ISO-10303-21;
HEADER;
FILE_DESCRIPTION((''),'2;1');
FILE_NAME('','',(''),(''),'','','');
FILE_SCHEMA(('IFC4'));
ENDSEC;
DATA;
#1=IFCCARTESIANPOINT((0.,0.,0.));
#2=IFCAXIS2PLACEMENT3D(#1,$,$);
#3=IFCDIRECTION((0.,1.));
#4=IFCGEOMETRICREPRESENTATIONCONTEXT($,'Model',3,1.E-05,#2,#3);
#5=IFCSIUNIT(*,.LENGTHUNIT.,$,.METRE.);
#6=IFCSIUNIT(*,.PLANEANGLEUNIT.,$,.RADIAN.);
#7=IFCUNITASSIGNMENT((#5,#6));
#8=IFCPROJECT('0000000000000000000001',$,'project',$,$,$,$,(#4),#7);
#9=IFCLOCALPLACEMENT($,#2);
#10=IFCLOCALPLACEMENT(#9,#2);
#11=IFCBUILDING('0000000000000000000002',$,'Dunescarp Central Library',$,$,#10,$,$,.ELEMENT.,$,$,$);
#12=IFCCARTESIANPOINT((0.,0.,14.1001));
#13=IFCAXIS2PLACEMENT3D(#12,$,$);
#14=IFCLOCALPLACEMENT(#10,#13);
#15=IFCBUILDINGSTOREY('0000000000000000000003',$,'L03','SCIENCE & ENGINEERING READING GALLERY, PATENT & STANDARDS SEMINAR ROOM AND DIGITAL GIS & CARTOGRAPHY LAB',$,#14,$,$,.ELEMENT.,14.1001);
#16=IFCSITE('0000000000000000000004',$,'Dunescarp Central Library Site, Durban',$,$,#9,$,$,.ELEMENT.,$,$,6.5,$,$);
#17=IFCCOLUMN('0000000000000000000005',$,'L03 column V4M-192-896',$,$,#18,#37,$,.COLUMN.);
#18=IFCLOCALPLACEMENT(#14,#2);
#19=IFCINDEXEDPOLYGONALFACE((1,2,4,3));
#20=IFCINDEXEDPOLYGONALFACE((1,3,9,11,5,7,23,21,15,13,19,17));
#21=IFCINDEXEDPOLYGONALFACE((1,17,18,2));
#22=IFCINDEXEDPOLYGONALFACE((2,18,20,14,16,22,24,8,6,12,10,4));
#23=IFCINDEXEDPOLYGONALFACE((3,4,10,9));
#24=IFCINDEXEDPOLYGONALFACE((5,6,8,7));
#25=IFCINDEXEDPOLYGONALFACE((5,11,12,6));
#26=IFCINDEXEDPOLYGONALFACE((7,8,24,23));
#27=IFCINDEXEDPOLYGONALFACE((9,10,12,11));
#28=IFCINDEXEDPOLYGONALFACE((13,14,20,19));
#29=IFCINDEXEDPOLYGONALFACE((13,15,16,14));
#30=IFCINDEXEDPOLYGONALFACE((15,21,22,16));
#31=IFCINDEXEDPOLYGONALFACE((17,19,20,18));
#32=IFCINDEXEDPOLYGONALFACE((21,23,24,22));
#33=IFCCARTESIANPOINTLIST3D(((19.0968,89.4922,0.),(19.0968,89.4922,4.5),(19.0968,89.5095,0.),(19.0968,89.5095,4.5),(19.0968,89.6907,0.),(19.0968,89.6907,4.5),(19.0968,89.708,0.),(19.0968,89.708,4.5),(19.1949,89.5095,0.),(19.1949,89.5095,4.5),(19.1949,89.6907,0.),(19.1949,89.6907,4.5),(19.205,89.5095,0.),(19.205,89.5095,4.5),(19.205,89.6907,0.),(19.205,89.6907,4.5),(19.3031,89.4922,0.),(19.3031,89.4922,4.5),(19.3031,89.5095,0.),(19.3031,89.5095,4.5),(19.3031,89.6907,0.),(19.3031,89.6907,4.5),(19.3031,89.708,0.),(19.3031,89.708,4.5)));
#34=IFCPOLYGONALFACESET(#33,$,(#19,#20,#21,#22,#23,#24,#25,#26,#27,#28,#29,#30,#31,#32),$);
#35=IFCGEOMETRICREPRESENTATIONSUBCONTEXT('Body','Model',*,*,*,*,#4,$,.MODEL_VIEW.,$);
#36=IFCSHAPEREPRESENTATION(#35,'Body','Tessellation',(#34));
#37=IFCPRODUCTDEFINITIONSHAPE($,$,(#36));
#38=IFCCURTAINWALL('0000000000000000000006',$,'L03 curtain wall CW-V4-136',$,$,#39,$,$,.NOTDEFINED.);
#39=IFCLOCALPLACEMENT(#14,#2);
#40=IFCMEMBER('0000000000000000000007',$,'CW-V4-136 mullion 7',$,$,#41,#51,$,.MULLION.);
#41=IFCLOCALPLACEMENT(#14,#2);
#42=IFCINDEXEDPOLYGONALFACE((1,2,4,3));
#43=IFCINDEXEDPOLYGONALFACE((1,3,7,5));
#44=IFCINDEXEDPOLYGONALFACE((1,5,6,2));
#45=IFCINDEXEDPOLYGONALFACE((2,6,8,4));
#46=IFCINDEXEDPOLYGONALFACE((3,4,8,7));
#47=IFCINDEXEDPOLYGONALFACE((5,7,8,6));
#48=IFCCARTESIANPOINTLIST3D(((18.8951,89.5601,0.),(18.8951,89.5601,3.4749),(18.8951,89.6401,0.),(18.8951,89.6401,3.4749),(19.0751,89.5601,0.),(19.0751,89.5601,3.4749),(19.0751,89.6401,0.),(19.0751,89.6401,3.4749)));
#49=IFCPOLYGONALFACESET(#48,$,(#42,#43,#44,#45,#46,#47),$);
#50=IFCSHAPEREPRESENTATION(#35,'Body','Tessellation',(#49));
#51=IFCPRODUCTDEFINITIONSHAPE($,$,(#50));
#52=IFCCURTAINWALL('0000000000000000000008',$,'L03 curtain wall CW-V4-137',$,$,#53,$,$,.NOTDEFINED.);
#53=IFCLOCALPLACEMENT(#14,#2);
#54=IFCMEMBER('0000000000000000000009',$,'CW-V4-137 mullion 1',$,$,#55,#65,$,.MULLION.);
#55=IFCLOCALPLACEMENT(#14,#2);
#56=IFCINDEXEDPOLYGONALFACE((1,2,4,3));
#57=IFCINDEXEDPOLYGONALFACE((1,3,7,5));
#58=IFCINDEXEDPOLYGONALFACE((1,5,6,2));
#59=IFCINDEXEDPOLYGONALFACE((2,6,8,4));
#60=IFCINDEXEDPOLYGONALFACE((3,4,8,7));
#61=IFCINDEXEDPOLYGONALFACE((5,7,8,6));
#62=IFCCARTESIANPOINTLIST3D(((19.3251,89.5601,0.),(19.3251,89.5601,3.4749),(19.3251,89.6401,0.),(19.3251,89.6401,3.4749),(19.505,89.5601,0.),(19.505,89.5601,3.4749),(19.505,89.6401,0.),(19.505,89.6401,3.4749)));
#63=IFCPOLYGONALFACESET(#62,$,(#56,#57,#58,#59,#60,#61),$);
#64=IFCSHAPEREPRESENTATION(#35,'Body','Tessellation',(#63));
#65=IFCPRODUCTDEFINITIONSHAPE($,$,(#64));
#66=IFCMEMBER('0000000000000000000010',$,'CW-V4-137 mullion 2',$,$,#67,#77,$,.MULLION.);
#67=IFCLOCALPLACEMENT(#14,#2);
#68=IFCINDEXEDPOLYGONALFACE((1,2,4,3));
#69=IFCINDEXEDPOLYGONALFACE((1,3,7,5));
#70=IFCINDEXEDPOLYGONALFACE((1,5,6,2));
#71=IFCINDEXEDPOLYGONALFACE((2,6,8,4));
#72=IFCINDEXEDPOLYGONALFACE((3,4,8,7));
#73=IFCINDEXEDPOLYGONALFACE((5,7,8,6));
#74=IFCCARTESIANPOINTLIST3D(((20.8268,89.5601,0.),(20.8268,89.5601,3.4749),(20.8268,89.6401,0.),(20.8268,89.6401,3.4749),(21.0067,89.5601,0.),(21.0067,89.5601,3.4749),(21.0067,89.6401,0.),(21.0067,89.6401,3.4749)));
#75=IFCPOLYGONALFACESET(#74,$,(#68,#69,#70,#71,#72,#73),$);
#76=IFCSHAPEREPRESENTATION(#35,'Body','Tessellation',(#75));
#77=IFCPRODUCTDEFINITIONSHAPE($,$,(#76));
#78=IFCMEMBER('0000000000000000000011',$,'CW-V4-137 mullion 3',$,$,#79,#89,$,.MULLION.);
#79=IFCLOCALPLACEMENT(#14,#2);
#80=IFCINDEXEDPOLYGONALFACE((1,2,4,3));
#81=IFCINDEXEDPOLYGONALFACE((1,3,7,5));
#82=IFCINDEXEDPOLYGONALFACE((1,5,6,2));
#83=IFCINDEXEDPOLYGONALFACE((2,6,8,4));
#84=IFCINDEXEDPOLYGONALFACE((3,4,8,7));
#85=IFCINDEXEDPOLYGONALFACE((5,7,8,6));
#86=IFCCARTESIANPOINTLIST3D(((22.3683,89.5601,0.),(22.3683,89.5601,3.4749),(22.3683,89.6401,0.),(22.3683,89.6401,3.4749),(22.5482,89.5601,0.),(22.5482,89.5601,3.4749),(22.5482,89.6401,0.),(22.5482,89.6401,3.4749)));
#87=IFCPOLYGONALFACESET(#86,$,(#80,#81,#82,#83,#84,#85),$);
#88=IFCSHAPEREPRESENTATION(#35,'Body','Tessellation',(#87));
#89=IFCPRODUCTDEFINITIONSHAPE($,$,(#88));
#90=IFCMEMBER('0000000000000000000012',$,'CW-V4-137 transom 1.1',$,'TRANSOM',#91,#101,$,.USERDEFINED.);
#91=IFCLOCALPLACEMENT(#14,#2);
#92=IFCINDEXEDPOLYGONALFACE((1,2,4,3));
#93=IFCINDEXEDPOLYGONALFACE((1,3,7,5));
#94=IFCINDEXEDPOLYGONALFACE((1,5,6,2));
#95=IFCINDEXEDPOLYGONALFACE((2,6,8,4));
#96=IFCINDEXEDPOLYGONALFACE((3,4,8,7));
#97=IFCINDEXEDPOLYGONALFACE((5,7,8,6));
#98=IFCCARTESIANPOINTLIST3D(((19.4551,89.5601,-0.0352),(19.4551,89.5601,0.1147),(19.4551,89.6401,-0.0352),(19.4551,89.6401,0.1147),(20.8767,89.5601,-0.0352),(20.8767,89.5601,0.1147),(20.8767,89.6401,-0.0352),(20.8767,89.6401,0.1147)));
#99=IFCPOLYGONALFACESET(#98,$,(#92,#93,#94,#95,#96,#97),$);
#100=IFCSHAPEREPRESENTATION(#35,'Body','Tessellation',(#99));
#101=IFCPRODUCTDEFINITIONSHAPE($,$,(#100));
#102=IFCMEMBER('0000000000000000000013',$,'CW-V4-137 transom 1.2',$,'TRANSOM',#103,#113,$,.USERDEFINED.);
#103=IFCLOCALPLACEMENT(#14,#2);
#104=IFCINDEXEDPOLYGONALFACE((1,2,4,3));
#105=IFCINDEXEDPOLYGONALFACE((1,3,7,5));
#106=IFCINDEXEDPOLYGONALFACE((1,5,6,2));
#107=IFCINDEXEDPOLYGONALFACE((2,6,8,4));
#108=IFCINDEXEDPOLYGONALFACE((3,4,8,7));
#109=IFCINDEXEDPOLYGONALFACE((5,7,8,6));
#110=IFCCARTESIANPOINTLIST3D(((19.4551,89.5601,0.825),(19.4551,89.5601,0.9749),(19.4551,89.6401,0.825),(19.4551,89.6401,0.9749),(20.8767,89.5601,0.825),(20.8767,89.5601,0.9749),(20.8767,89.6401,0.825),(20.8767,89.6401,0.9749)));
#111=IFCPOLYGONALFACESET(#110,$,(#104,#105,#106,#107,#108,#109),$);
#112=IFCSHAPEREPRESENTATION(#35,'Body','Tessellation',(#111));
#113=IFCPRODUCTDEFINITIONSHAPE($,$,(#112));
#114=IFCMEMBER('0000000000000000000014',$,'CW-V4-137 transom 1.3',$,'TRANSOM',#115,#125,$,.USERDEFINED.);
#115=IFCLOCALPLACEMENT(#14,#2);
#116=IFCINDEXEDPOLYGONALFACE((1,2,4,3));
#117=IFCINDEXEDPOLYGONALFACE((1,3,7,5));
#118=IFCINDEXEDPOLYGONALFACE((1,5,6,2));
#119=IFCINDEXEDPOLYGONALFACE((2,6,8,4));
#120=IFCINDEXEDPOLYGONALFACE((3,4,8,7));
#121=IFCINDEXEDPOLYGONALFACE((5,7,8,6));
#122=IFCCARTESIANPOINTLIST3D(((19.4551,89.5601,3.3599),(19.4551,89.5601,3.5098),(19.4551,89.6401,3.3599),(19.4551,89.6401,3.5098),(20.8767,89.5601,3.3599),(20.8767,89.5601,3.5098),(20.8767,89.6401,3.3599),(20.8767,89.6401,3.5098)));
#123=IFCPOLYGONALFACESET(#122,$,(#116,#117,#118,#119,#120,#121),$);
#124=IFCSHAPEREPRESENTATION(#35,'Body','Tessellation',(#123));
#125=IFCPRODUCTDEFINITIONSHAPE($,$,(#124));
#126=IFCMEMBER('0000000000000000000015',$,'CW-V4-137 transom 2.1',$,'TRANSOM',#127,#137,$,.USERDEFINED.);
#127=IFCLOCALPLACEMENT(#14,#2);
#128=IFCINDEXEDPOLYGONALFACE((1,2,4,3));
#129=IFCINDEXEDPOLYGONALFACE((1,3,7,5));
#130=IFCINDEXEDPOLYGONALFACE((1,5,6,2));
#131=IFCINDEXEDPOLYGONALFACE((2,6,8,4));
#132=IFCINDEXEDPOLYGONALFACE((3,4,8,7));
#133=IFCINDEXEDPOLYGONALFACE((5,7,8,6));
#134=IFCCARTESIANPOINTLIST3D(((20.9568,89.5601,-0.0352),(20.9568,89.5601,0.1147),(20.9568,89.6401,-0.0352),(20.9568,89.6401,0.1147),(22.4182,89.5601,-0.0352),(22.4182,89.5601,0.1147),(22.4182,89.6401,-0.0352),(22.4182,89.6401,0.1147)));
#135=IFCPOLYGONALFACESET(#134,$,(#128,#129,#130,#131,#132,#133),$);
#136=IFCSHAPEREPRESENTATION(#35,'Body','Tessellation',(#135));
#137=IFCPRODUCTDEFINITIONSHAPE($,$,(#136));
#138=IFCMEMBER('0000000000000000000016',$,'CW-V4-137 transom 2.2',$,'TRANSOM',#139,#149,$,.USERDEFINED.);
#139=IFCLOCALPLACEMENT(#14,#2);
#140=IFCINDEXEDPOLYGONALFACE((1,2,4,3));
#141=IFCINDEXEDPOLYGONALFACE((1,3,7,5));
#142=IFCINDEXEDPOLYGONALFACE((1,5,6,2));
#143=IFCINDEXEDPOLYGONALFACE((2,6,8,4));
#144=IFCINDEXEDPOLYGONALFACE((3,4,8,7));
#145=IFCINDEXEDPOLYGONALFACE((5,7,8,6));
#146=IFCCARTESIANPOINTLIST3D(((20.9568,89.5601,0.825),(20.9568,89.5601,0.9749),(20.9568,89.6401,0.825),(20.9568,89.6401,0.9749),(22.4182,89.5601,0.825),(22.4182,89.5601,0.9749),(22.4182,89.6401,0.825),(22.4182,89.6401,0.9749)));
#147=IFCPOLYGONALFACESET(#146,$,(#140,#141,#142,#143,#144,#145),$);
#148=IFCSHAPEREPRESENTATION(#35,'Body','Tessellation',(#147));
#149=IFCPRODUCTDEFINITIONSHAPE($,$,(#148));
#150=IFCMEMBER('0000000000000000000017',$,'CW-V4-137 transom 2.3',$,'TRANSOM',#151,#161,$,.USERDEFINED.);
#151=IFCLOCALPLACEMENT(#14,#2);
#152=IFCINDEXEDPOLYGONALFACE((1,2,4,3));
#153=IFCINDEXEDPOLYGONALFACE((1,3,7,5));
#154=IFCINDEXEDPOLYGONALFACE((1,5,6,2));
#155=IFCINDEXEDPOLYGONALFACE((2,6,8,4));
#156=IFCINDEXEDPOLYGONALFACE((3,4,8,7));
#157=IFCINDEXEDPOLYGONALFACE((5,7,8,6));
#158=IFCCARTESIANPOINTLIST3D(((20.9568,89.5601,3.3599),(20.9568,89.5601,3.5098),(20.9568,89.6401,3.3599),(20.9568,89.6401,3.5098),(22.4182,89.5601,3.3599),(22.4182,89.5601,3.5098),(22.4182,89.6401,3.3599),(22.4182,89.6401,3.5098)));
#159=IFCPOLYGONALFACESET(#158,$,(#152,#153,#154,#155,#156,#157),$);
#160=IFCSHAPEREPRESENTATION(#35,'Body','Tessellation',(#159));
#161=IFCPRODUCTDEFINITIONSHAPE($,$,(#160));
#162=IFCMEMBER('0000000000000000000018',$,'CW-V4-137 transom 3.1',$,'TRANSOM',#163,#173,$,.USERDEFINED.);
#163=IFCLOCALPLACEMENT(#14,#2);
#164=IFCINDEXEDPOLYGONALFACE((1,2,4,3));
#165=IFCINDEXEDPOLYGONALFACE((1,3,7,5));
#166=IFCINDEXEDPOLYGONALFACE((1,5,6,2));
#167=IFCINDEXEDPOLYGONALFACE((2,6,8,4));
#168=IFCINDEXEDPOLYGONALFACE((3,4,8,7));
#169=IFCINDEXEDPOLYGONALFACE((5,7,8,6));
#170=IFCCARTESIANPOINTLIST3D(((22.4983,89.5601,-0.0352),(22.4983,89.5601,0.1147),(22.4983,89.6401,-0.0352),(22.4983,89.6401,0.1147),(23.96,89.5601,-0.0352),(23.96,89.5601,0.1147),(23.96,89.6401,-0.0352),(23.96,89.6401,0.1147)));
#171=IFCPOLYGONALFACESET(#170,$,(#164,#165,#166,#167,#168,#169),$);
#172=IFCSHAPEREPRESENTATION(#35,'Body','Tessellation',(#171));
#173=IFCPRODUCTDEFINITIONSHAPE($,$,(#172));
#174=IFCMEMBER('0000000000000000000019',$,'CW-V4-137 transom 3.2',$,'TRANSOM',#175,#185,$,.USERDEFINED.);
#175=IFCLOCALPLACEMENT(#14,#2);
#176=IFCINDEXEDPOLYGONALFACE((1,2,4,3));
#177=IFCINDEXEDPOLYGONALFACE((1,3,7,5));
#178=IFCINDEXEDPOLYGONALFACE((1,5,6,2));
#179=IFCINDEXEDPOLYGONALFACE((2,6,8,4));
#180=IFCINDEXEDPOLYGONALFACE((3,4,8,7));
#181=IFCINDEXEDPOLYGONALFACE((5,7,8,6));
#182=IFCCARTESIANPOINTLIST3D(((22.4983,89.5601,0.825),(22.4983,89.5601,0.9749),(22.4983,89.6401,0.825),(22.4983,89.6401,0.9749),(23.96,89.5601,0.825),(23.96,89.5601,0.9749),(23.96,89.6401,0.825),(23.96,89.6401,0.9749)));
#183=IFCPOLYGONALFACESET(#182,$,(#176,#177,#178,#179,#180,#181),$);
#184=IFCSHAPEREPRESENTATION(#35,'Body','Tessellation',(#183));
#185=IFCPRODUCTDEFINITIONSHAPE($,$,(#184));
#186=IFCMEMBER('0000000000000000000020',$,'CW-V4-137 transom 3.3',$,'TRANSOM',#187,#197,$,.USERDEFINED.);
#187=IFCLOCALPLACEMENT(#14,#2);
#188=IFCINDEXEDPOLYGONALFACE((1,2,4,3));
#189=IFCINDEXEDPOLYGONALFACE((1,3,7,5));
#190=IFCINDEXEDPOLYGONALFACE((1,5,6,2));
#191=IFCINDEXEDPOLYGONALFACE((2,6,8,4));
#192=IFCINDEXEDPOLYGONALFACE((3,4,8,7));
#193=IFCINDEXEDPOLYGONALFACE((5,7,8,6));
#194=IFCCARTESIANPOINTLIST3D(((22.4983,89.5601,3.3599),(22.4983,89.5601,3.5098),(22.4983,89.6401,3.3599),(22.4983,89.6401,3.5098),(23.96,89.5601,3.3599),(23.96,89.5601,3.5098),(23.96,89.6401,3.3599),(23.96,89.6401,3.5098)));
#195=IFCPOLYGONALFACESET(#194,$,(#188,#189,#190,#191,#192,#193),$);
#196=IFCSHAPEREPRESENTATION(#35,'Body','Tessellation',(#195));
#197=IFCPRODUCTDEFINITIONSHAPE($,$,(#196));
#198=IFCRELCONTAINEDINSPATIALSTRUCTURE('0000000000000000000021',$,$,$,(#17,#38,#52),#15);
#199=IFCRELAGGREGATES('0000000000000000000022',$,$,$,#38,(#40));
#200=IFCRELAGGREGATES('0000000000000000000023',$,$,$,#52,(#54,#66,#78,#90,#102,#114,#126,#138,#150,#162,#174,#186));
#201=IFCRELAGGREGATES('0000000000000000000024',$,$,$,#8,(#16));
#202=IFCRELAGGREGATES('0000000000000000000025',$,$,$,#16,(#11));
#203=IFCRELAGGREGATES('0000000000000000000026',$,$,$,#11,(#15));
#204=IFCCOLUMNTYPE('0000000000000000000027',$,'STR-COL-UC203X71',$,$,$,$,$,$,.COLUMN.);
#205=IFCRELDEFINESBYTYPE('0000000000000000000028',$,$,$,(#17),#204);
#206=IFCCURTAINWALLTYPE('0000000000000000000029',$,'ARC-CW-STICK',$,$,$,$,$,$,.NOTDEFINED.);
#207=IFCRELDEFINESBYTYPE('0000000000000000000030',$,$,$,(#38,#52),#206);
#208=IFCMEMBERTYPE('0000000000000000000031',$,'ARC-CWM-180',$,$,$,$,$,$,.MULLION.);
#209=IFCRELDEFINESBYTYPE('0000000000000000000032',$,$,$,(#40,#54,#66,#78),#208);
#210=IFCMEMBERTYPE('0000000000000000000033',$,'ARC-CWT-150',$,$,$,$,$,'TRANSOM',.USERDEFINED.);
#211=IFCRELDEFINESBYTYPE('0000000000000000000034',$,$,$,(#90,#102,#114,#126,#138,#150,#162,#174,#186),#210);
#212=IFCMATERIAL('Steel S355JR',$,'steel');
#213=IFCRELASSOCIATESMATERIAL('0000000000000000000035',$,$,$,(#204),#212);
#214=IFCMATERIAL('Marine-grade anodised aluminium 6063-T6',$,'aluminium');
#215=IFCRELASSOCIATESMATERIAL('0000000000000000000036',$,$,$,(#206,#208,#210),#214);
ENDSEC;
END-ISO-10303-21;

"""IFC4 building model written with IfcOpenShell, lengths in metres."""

from ifc_helpers import new_model, si_unit, direction, frame, origin, origin_2d, place, context, subcontext, project, spatial, rectangle, i_section, extrude, material, material_profile, profile_set, type_object, element, aggregate, save


model = new_model("IFC4")

# Units and contexts
model_context = context("Model", 3, precision=1e-05, world=origin(), true_north=direction((0.0, 1.0)))
body_context = subcontext(model_context, "Body", "Model", "MODEL_VIEW")
ifc_project = project(units=[si_unit("LENGTHUNIT", "METRE"), si_unit("PLANEANGLEUNIT", "RADIAN")], contexts=[model_context])

# Site, building, storey
site_placement = place(None, origin())
site = spatial("IfcSite", under=ifc_project, at=site_placement, Name="Dunescarp Central Library Site, Durban", CompositionType="ELEMENT", RefElevation=6.5)
building_placement = place(site_placement, origin())
building = spatial("IfcBuilding", under=site, at=building_placement, Name="Dunescarp Central Library", CompositionType="ELEMENT")
storey_placement = place(building_placement, frame((0.0, 0.0, 14.1001)))
storey = spatial("IfcBuildingStorey", under=building, at=storey_placement, Name="L03", Description="SCIENCE & ENGINEERING READING GALLERY, PATENT & STANDARDS SEMINAR ROOM AND DIGITAL GIS & CARTOGRAPHY LAB", CompositionType="ELEMENT", Elevation=14.1001)

# Column
ifc_material_1 = material(Name="Steel S355JR", Category="steel")
ifc_material_profile_1 = material_profile(ifc_material_1, i_section(OverallWidth=0.2063, OverallDepth=0.2158, WebThickness=0.01, FlangeThickness=0.0173, at=origin_2d()), Name="UC 203x203x71")
ifc_profile_set_1 = profile_set([ifc_material_profile_1], Name="Steel S355JR")
column_type = type_object("IfcColumnType", Name="STR-COL-UC203X71", PredefinedType="COLUMN", material=ifc_profile_set_1)
column_placement = place(storey_placement, frame((19.2, 89.6001, 0.0), z_axis=(0.0, 0.0, 1.0), x_axis=(1.0, 0.0, 0.0)))
element("IfcColumn", 1, at=column_placement, inside=storey, type_object=column_type, Name="L03 column V4M-192-896", PredefinedType="COLUMN", context=body_context, shape_type="SweptSolid", body=[
    extrude(i_section(OverallWidth=0.2063, OverallDepth=0.2158, WebThickness=0.01, FlangeThickness=0.0173, at=origin_2d()), origin(), (0.0, 0.0, 1.0), 4.5),
])

# Curtain wall, member
ifc_material_2 = material(Name="Marine-grade anodised aluminium 6063-T6", Category="aluminium")
curtain_wall_type = type_object("IfcCurtainWallType", Name="ARC-CW-STICK", PredefinedType="NOTDEFINED", material=ifc_material_2)
curtain_wall_1_placement = place(storey_placement, origin())
curtain_wall_1 = element("IfcCurtainWall", 2, at=curtain_wall_1_placement, inside=storey, type_object=curtain_wall_type, Name="L03 curtain wall CW-V4-136", PredefinedType="NOTDEFINED")
ifc_material_profile_2 = material_profile(ifc_material_2, rectangle(XDim=0.0801, YDim=0.1799, at=origin_2d()), Name="AL 80x180")
ifc_profile_set_2 = profile_set([ifc_material_profile_2], Name="Marine-grade anodised aluminium 6063-T6")
member_type_1 = type_object("IfcMemberType", Name="ARC-CWM-180", PredefinedType="MULLION", material=ifc_profile_set_2)
member_1_placement = place(storey_placement, frame((18.9851, 89.6001, 0.0), z_axis=(0.0, 0.0, 1.0), x_axis=(0.0, 1.0, 0.0)))
member_1 = element("IfcMember", 3, at=member_1_placement, type_object=member_type_1, Name="CW-V4-136 mullion 7", PredefinedType="MULLION", context=body_context, shape_type="SweptSolid", body=[
    extrude(rectangle(XDim=0.0801, YDim=0.1799, at=origin_2d()), origin(), (0.0, 0.0, 1.0), 3.4749),
])

# Curtain wall, members
curtain_wall_2_placement = place(storey_placement, origin())
curtain_wall_2 = element("IfcCurtainWall", 4, at=curtain_wall_2_placement, inside=storey, type_object=curtain_wall_type, Name="L03 curtain wall CW-V4-137", PredefinedType="NOTDEFINED")
member_2_placement = place(storey_placement, frame((19.415, 89.6001, 0.0), z_axis=(0.0, 0.0, 1.0), x_axis=(0.0, 1.0, 0.0)))
member_2 = element("IfcMember", 5, at=member_2_placement, type_object=member_type_1, Name="CW-V4-137 mullion 1", PredefinedType="MULLION", context=body_context, shape_type="SweptSolid", body=[
    extrude(rectangle(XDim=0.0801, YDim=0.1799, at=origin_2d()), origin(), (0.0, 0.0, 1.0), 3.4749),
])
member_3_placement = place(storey_placement, frame((20.9167, 89.6001, 0.0), z_axis=(0.0, 0.0, 1.0), x_axis=(0.0, 1.0, 0.0)))
member_3 = element("IfcMember", 6, at=member_3_placement, type_object=member_type_1, Name="CW-V4-137 mullion 2", PredefinedType="MULLION", context=body_context, shape_type="SweptSolid", body=[
    extrude(rectangle(XDim=0.0801, YDim=0.1799, at=origin_2d()), origin(), (0.0, 0.0, 1.0), 3.4749),
])
member_4_placement = place(storey_placement, frame((22.4583, 89.6001, 0.0), z_axis=(0.0, 0.0, 1.0), x_axis=(0.0, 1.0, 0.0)))
member_4 = element("IfcMember", 7, at=member_4_placement, type_object=member_type_1, Name="CW-V4-137 mullion 3", PredefinedType="MULLION", context=body_context, shape_type="SweptSolid", body=[
    extrude(rectangle(XDim=0.0801, YDim=0.1799, at=origin_2d()), origin(), (0.0, 0.0, 1.0), 3.4749),
])
ifc_material_profile_3 = material_profile(ifc_material_2, rectangle(XDim=0.0801, YDim=0.1499, at=origin_2d()), Name="AL 80x150")
ifc_profile_set_3 = profile_set([ifc_material_profile_3], Name="Marine-grade anodised aluminium 6063-T6")
member_type_2 = type_object("IfcMemberType", Name="ARC-CWT-150", ElementType="TRANSOM", PredefinedType="USERDEFINED", material=ifc_profile_set_3)
member_5_placement = place(storey_placement, frame((19.4551, 89.6001, 0.0398), z_axis=(1.0, 0.0, 0.0), x_axis=(0.0, 1.0, 0.0)))
member_5 = element("IfcMember", 8, at=member_5_placement, type_object=member_type_2, Name="CW-V4-137 transom 1.1", ObjectType="TRANSOM", PredefinedType="USERDEFINED", context=body_context, shape_type="SweptSolid", body=[
    extrude(rectangle(XDim=0.0801, YDim=0.1499, at=origin_2d()), origin(), (0.0, 0.0, 1.0), 1.4216),
])
member_6_placement = place(storey_placement, frame((19.4551, 89.6001, 0.8999), z_axis=(1.0, 0.0, 0.0), x_axis=(0.0, 1.0, 0.0)))
member_6 = element("IfcMember", 9, at=member_6_placement, type_object=member_type_2, Name="CW-V4-137 transom 1.2", ObjectType="TRANSOM", PredefinedType="USERDEFINED", context=body_context, shape_type="SweptSolid", body=[
    extrude(rectangle(XDim=0.0801, YDim=0.1499, at=origin_2d()), origin(), (0.0, 0.0, 1.0), 1.4216),
])
member_7_placement = place(storey_placement, frame((19.4551, 89.6001, 3.4348), z_axis=(1.0, 0.0, 0.0), x_axis=(0.0, 1.0, 0.0)))
member_7 = element("IfcMember", 10, at=member_7_placement, type_object=member_type_2, Name="CW-V4-137 transom 1.3", ObjectType="TRANSOM", PredefinedType="USERDEFINED", context=body_context, shape_type="SweptSolid", body=[
    extrude(rectangle(XDim=0.0801, YDim=0.1499, at=origin_2d()), origin(), (0.0, 0.0, 1.0), 1.4216),
])
member_8_placement = place(storey_placement, frame((20.9568, 89.6001, 0.0398), z_axis=(1.0, 0.0, 0.0), x_axis=(0.0, 1.0, 0.0)))
member_8 = element("IfcMember", 11, at=member_8_placement, type_object=member_type_2, Name="CW-V4-137 transom 2.1", ObjectType="TRANSOM", PredefinedType="USERDEFINED", context=body_context, shape_type="SweptSolid", body=[
    extrude(rectangle(XDim=0.0801, YDim=0.1499, at=origin_2d()), origin(), (0.0, 0.0, 1.0), 1.4614),
])
member_9_placement = place(storey_placement, frame((20.9568, 89.6001, 0.8999), z_axis=(1.0, 0.0, 0.0), x_axis=(0.0, 1.0, 0.0)))
member_9 = element("IfcMember", 12, at=member_9_placement, type_object=member_type_2, Name="CW-V4-137 transom 2.2", ObjectType="TRANSOM", PredefinedType="USERDEFINED", context=body_context, shape_type="SweptSolid", body=[
    extrude(rectangle(XDim=0.0801, YDim=0.1499, at=origin_2d()), origin(), (0.0, 0.0, 1.0), 1.4614),
])
member_10_placement = place(storey_placement, frame((20.9568, 89.6001, 3.4348), z_axis=(1.0, 0.0, 0.0), x_axis=(0.0, 1.0, 0.0)))
member_10 = element("IfcMember", 13, at=member_10_placement, type_object=member_type_2, Name="CW-V4-137 transom 2.3", ObjectType="TRANSOM", PredefinedType="USERDEFINED", context=body_context, shape_type="SweptSolid", body=[
    extrude(rectangle(XDim=0.0801, YDim=0.1499, at=origin_2d()), origin(), (0.0, 0.0, 1.0), 1.4614),
])
member_11_placement = place(storey_placement, frame((22.4983, 89.6001, 0.0398), z_axis=(1.0, 0.0, 0.0), x_axis=(0.0, 1.0, 0.0)))
member_11 = element("IfcMember", 14, at=member_11_placement, type_object=member_type_2, Name="CW-V4-137 transom 3.1", ObjectType="TRANSOM", PredefinedType="USERDEFINED", context=body_context, shape_type="SweptSolid", body=[
    extrude(rectangle(XDim=0.0801, YDim=0.1499, at=origin_2d()), origin(), (0.0, 0.0, 1.0), 1.4617),
])
member_12_placement = place(storey_placement, frame((22.4983, 89.6001, 0.8999), z_axis=(1.0, 0.0, 0.0), x_axis=(0.0, 1.0, 0.0)))
member_12 = element("IfcMember", 15, at=member_12_placement, type_object=member_type_2, Name="CW-V4-137 transom 3.2", ObjectType="TRANSOM", PredefinedType="USERDEFINED", context=body_context, shape_type="SweptSolid", body=[
    extrude(rectangle(XDim=0.0801, YDim=0.1499, at=origin_2d()), origin(), (0.0, 0.0, 1.0), 1.4617),
])
member_13_placement = place(storey_placement, frame((22.4983, 89.6001, 3.4348), z_axis=(1.0, 0.0, 0.0), x_axis=(0.0, 1.0, 0.0)))
member_13 = element("IfcMember", 16, at=member_13_placement, type_object=member_type_2, Name="CW-V4-137 transom 3.3", ObjectType="TRANSOM", PredefinedType="USERDEFINED", context=body_context, shape_type="SweptSolid", body=[
    extrude(rectangle(XDim=0.0801, YDim=0.1499, at=origin_2d()), origin(), (0.0, 0.0, 1.0), 1.4617),
])

aggregate(curtain_wall_1, [member_1])
aggregate(curtain_wall_2, [member_2, member_3, member_4, member_5, member_6, member_7, member_8, member_9, member_10, member_11, member_12, member_13])

save(model, "model.ifc")
